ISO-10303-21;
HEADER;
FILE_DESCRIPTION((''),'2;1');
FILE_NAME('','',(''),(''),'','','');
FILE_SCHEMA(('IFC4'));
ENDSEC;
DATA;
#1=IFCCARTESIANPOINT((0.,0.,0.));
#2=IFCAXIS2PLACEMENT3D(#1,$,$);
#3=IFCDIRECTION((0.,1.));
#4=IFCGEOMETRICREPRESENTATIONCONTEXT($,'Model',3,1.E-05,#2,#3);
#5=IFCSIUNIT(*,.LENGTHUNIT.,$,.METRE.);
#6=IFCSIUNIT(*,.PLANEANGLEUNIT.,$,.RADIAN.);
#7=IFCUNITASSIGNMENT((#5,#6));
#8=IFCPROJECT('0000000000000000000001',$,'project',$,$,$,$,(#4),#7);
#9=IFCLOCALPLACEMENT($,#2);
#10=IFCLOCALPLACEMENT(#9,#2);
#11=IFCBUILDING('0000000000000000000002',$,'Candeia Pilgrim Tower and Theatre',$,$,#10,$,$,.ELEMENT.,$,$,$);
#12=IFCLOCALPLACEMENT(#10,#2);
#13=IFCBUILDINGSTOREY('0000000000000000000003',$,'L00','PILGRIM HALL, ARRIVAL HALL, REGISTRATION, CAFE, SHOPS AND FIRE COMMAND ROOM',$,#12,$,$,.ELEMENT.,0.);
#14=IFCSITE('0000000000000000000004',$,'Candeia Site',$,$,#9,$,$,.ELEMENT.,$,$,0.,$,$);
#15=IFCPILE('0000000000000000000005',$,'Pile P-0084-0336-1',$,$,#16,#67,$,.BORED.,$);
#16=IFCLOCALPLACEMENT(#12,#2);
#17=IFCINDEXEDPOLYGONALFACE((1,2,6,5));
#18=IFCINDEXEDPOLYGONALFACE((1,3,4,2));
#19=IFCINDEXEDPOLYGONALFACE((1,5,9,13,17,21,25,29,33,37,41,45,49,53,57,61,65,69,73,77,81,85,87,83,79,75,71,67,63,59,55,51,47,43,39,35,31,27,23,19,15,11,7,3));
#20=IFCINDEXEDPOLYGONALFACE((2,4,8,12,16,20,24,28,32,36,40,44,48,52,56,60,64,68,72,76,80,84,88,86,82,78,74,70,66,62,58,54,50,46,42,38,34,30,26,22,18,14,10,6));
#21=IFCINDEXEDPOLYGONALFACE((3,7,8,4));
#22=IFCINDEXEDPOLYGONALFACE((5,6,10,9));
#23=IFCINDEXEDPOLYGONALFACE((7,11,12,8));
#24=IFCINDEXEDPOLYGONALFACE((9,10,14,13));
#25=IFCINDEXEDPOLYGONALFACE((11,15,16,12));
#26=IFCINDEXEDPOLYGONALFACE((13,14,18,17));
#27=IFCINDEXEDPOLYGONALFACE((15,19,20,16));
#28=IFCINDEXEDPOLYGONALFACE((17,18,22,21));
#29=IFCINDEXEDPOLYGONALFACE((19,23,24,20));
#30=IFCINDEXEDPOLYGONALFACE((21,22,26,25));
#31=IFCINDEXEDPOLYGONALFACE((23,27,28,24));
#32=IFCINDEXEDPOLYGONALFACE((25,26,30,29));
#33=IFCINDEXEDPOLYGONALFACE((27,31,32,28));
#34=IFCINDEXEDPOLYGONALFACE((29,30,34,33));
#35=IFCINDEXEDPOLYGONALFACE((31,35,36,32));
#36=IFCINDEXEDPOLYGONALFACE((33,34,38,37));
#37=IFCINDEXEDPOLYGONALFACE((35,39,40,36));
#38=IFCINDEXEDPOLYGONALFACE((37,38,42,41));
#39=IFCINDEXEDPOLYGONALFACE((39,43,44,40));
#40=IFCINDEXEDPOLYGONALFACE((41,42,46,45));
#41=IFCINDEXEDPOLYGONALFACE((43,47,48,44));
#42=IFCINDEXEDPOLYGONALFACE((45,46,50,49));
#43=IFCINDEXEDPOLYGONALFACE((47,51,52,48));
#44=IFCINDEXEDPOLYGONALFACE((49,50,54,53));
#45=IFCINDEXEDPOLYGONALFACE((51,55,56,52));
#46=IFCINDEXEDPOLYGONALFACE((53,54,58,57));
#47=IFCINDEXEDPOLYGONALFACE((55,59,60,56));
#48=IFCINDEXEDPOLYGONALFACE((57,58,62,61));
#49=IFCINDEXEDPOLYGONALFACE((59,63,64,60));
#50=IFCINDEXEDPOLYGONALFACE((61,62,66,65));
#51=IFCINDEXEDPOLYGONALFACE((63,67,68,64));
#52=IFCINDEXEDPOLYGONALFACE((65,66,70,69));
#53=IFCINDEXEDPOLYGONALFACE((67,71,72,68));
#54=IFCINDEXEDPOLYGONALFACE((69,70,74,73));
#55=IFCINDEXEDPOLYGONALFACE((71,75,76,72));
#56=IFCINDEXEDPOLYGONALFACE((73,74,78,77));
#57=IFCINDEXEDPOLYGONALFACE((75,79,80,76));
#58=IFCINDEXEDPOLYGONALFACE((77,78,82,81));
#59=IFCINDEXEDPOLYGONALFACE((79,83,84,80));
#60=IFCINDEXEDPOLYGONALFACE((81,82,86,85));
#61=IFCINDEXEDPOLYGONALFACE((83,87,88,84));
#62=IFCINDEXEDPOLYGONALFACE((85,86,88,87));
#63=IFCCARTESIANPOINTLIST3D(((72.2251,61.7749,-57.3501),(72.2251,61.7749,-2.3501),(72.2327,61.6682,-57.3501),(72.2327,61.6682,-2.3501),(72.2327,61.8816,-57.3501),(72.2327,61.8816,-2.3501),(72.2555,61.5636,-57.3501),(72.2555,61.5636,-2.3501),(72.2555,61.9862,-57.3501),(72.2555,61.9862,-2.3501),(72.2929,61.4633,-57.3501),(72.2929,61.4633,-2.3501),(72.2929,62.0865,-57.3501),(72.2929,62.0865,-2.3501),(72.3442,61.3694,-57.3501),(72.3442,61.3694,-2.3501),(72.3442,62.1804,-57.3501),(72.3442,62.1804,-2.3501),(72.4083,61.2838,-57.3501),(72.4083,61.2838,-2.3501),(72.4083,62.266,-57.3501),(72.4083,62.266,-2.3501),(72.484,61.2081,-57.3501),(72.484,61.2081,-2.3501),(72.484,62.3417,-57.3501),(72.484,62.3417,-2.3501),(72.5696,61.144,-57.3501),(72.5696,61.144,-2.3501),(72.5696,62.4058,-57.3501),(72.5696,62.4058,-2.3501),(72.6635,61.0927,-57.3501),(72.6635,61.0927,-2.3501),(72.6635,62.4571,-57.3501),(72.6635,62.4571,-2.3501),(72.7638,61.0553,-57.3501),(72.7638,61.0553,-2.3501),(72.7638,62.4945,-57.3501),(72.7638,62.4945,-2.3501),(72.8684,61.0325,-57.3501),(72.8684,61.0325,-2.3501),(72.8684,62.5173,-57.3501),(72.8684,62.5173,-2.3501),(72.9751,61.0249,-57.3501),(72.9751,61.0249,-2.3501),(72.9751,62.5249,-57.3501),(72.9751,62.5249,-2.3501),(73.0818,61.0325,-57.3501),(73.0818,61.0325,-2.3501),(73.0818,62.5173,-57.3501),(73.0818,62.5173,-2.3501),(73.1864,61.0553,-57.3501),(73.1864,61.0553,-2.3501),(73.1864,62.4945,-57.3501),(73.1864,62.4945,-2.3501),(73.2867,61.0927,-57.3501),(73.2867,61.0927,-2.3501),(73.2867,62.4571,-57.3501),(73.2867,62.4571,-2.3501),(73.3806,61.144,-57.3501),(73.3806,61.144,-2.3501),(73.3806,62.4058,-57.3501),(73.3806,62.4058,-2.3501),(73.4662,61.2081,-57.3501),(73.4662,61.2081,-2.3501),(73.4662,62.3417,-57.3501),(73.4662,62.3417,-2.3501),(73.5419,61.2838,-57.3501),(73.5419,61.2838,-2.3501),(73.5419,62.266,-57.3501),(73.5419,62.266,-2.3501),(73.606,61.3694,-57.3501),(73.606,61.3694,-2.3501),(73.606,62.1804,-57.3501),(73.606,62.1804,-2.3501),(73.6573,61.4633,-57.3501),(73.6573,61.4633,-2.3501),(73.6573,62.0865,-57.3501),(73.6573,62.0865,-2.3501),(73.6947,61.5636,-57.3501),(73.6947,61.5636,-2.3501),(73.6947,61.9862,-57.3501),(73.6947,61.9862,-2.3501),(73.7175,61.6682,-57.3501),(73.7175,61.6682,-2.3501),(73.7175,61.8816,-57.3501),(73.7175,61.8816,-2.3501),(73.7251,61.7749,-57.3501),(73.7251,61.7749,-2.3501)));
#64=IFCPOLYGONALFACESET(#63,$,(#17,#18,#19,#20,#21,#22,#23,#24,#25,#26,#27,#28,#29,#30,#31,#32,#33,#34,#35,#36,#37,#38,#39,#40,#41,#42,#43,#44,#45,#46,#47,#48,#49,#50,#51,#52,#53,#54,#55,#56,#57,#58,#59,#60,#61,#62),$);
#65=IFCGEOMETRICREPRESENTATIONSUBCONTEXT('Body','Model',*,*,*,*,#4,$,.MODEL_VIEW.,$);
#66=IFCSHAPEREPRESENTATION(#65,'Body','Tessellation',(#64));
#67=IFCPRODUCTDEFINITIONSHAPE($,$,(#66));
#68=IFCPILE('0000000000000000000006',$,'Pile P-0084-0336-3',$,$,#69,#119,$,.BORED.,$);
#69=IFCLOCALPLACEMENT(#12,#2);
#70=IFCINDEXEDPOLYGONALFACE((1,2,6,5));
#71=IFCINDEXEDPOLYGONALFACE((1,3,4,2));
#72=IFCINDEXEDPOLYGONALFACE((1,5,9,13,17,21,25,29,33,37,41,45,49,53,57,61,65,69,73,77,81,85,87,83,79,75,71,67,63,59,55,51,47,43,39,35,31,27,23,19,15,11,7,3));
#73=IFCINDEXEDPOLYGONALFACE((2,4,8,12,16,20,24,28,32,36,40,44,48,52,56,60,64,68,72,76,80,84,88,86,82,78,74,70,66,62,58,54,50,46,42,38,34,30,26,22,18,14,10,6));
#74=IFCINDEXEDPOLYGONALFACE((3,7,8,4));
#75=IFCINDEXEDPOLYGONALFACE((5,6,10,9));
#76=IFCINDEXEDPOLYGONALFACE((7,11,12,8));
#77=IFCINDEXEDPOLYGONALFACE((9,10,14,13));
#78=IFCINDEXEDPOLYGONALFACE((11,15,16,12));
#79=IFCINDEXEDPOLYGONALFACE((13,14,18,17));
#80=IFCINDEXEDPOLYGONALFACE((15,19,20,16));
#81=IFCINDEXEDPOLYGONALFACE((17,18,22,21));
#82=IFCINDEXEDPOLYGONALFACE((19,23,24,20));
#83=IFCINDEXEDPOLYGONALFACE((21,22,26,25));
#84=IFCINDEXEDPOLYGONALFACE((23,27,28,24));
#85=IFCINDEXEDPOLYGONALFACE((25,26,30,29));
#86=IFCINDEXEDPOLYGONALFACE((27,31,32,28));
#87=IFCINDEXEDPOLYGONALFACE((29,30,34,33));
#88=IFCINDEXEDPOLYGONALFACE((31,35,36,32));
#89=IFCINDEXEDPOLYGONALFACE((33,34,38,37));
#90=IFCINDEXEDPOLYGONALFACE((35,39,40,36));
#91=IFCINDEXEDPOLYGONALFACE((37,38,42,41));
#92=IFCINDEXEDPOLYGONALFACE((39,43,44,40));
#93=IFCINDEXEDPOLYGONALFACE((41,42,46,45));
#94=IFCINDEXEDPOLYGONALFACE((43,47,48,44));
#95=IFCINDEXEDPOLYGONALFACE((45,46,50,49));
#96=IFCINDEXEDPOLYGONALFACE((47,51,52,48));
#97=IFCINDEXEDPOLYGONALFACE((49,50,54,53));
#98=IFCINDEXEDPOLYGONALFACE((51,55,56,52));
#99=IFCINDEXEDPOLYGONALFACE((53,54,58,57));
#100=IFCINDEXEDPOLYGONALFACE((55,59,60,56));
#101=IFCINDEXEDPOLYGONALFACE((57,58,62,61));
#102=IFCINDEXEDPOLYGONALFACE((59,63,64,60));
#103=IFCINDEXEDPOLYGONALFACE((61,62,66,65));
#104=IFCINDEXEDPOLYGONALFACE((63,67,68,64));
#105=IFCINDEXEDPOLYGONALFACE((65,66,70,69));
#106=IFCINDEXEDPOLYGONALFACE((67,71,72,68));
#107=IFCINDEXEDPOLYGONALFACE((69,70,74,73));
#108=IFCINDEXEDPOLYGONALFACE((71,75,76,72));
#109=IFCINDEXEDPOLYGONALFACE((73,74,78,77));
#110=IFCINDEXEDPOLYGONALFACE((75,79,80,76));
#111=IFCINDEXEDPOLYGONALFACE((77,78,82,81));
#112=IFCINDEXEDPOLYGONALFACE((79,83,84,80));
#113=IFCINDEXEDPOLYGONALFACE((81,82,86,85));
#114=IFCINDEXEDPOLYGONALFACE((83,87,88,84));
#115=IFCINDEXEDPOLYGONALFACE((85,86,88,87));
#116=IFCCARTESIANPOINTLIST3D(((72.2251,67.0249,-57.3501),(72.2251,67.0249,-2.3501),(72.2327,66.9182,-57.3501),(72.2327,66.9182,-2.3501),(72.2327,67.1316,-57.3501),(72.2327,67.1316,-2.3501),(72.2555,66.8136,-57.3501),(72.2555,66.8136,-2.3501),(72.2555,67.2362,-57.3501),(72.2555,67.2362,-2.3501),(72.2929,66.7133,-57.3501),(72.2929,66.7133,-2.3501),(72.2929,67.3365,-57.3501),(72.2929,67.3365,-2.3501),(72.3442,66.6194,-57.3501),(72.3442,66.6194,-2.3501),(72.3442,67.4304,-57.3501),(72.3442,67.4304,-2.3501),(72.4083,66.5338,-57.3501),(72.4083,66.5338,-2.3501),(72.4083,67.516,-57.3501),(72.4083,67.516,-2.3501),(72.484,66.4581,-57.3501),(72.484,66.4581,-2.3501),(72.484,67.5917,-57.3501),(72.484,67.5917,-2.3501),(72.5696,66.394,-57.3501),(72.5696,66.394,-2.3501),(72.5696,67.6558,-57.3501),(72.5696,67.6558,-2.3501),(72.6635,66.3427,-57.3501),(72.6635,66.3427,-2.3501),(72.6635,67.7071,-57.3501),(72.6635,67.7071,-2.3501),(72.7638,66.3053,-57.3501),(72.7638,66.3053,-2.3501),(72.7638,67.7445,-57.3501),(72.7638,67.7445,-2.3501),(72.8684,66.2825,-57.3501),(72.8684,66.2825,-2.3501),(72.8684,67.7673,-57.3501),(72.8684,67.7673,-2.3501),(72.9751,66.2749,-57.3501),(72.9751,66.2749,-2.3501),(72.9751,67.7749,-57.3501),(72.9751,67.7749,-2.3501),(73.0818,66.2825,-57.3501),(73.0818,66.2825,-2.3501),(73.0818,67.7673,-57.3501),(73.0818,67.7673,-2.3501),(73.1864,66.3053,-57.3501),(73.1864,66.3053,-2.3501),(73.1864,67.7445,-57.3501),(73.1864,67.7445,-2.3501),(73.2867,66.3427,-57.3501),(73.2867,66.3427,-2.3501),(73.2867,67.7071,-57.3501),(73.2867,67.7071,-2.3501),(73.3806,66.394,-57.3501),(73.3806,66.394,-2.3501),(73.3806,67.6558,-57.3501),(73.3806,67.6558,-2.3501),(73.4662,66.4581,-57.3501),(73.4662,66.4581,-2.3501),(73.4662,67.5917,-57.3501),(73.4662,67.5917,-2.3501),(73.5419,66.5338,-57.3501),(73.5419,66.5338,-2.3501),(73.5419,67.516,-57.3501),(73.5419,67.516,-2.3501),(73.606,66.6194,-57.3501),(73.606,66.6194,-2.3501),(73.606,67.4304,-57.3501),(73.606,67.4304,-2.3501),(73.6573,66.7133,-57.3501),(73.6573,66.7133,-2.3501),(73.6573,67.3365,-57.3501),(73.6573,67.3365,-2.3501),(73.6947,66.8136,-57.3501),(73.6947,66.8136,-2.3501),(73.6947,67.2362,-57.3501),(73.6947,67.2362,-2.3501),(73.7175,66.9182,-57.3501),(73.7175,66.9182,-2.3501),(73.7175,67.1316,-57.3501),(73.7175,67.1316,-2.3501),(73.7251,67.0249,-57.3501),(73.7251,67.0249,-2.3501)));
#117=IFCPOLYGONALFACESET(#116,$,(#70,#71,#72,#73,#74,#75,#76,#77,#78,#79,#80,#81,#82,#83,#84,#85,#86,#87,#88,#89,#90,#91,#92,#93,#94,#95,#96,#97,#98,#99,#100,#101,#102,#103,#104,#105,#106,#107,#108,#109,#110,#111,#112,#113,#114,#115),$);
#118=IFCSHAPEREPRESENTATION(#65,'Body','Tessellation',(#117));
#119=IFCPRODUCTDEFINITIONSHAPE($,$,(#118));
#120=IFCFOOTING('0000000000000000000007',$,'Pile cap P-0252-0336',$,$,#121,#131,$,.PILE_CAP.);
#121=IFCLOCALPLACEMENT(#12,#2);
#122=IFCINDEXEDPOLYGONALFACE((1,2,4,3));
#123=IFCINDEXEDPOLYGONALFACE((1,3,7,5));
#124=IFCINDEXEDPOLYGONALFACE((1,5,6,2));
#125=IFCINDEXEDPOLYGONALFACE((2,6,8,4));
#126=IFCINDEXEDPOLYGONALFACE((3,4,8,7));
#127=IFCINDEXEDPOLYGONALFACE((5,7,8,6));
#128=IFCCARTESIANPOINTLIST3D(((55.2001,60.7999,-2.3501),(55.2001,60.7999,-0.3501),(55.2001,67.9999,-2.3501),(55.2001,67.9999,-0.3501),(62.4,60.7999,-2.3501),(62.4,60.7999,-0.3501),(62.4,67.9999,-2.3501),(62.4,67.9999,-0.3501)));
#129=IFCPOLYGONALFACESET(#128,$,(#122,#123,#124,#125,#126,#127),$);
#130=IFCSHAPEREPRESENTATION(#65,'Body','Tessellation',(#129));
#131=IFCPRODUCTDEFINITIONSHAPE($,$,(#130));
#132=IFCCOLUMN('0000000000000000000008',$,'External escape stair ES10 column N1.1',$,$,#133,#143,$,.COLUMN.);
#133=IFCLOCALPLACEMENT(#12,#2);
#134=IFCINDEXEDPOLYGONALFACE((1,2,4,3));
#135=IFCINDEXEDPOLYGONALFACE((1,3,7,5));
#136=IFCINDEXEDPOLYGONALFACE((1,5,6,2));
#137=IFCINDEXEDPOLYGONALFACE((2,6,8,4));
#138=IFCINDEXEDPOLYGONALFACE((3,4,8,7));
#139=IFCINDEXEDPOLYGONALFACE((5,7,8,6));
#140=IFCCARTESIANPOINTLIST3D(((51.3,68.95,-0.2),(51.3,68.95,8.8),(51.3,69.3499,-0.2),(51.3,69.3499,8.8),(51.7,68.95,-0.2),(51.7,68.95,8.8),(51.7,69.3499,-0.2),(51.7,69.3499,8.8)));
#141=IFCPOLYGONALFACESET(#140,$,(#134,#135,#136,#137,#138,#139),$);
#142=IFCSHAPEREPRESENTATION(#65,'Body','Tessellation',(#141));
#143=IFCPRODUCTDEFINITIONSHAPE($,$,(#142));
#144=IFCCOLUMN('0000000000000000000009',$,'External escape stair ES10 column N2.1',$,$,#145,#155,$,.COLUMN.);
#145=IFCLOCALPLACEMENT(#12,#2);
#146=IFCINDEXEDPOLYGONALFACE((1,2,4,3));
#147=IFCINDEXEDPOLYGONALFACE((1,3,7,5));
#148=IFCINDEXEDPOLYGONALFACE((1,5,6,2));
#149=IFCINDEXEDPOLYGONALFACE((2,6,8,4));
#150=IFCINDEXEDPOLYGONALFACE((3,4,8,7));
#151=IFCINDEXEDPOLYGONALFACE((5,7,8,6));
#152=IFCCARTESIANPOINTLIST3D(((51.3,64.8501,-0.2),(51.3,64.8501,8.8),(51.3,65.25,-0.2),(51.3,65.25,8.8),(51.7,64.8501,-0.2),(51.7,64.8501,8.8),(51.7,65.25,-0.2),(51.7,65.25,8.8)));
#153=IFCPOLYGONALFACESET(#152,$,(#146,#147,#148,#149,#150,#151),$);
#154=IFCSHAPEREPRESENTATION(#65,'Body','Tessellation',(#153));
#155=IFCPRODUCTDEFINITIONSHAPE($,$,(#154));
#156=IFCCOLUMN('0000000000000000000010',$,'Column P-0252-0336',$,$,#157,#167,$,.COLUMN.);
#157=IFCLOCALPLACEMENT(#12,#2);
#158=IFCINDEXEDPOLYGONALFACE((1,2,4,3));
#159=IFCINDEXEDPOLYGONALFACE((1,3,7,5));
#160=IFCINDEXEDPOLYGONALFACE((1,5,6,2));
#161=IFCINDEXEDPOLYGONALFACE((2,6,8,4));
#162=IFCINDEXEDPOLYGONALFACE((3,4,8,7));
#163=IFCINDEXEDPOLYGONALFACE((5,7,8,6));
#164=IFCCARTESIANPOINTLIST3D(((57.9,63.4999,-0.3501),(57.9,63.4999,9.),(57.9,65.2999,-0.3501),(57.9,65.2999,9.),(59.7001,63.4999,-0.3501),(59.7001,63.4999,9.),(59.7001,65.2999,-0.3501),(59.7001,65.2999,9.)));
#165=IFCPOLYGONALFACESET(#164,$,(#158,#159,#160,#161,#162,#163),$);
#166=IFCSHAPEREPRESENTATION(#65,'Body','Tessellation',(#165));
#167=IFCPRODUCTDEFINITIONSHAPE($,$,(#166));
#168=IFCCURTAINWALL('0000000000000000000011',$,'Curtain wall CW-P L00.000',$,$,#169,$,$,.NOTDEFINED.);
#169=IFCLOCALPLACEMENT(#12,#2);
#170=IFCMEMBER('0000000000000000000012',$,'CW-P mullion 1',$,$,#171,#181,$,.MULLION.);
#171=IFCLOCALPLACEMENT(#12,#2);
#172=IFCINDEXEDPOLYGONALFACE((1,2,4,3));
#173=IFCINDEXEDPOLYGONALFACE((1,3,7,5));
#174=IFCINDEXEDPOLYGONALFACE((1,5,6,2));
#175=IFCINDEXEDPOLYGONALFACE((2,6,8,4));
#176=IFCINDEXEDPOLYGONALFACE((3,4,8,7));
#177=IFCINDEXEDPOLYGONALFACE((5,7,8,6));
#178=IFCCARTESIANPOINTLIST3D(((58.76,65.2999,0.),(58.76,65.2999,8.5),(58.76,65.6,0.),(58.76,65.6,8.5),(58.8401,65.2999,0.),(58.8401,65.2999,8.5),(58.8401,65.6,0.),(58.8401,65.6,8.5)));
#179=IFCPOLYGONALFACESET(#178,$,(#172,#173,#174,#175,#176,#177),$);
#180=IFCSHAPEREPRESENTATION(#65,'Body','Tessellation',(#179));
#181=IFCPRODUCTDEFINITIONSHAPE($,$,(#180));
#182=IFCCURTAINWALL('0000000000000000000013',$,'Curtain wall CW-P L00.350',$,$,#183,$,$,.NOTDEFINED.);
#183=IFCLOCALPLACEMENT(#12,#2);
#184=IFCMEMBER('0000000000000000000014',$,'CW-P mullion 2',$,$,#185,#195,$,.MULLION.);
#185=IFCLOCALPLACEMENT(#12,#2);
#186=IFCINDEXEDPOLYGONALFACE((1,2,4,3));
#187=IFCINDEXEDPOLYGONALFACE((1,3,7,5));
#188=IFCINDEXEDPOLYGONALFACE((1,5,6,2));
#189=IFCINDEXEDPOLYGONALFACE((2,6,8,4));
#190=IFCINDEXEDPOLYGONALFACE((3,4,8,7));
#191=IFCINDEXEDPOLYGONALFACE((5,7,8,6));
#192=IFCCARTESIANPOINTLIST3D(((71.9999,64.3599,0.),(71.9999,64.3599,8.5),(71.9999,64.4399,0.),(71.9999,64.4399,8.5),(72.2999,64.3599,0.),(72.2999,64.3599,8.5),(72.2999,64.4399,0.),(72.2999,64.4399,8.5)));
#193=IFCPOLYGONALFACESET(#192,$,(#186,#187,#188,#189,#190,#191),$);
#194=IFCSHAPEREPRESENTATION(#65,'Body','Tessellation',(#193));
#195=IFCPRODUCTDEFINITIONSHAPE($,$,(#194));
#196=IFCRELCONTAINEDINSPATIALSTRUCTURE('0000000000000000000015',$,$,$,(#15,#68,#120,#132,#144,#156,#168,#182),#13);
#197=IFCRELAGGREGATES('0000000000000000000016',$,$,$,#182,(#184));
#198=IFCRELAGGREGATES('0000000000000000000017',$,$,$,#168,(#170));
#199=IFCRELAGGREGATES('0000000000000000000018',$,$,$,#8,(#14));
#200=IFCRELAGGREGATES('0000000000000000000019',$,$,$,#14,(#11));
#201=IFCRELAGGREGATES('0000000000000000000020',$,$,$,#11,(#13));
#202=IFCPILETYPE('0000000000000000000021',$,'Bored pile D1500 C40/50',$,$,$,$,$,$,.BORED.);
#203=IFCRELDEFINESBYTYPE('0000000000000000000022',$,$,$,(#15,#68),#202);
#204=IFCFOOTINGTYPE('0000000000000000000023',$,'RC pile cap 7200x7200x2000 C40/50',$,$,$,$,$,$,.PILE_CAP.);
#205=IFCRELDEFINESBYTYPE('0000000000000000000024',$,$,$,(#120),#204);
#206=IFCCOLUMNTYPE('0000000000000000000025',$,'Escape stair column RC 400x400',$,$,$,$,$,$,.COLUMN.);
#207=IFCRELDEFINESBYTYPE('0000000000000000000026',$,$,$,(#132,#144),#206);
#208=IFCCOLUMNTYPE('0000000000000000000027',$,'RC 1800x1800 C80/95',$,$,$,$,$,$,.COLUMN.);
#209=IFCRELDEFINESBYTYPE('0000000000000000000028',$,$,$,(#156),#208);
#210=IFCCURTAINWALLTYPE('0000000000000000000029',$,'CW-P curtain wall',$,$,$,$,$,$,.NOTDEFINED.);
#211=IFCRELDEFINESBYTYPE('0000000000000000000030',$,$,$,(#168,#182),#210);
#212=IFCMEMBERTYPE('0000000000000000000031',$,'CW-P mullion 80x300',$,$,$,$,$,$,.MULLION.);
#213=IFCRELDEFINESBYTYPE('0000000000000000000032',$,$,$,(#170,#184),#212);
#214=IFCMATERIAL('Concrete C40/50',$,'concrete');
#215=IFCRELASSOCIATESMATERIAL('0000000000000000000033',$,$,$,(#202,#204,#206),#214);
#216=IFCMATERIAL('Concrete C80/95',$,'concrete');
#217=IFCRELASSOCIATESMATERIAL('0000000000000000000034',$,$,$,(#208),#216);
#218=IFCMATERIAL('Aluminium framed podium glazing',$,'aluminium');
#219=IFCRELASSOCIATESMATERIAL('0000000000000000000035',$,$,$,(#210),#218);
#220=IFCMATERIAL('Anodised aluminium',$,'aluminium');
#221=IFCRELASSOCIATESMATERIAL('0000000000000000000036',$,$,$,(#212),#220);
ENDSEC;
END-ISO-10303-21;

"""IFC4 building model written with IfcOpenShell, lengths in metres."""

from ifc_helpers import new_model, si_unit, direction, frame, origin, origin_2d, place, context, subcontext, project, spatial, rectangle, circle, extrude, material, material_profile, profile_set, type_object, element, aggregate, save


model = new_model("IFC4")

# Units and contexts
model_context = context("Model", 3, precision=1e-05, world=origin(), true_north=direction((0.0, 1.0)))
body_context = subcontext(model_context, "Body", "Model", "MODEL_VIEW")
ifc_project = project(units=[si_unit("LENGTHUNIT", "METRE"), si_unit("PLANEANGLEUNIT", "RADIAN")], contexts=[model_context])

# Site, building, storey
site_placement = place(None, origin())
site = spatial("IfcSite", under=ifc_project, at=site_placement, Name="Candeia Site", CompositionType="ELEMENT", RefElevation=0.0)
building_placement = place(site_placement, origin())
building = spatial("IfcBuilding", under=site, at=building_placement, Name="Candeia Pilgrim Tower and Theatre", CompositionType="ELEMENT")
storey_placement = place(building_placement, origin())
storey = spatial("IfcBuildingStorey", under=building, at=storey_placement, Name="L00", Description="PILGRIM HALL, ARRIVAL HALL, REGISTRATION, CAFE, SHOPS AND FIRE COMMAND ROOM", CompositionType="ELEMENT", Elevation=0.0)

# Piles
ifc_material_1 = material(Name="Concrete C40/50", Category="concrete")
ifc_material_profile_1 = material_profile(ifc_material_1, circle(Radius=0.75, at=origin_2d()))
ifc_profile_set_1 = profile_set([ifc_material_profile_1], Name="Concrete C40/50")
pile_type = type_object("IfcPileType", Name="Bored pile D1500 C40/50", PredefinedType="BORED", material=ifc_profile_set_1)
for number, where, z_axis, x_axis, name in (
    (1, (72.9751, 61.7749, -2.3501), (0.0, 0.0, -1.0), (1.0, 0.0, 0.0), "Pile P-0084-0336-1"),
    (2, (72.9751, 67.0249, -2.3501), (0.0, 0.0, -1.0), (1.0, 0.0, 0.0), "Pile P-0084-0336-3"),
):
    element("IfcPile", number, at=place(storey_placement, frame(where, z_axis=z_axis, x_axis=x_axis)), inside=storey, type_object=pile_type, Name=name, PredefinedType="BORED", context=body_context, shape_type="SweptSolid", body=[
        extrude(circle(Radius=0.75, at=origin_2d()), origin(), (0.0, 0.0, 1.0), 55.0),
    ])

# Footing
footing_type = type_object("IfcFootingType", Name="RC pile cap 7200x7200x2000 C40/50", PredefinedType="PILE_CAP", material=ifc_material_1)
footing_placement = place(storey_placement, frame((58.8, 64.3999, -2.3501), z_axis=(0.0, 0.0, 1.0), x_axis=(1.0, 0.0, 0.0)))
element("IfcFooting", 3, at=footing_placement, inside=storey, type_object=footing_type, Name="Pile cap P-0252-0336", PredefinedType="PILE_CAP", context=body_context, shape_type="SweptSolid", body=[
    extrude(rectangle(XDim=7.2, YDim=7.2, at=origin_2d()), origin(), (0.0, 0.0, 1.0), 2.0),
])

# Columns
ifc_material_profile_2 = material_profile(ifc_material_1, rectangle(XDim=0.3999, YDim=0.3999, at=origin_2d()))
ifc_profile_set_2 = profile_set([ifc_material_profile_2], Name="Concrete C40/50")
column_type_1 = type_object("IfcColumnType", Name="Escape stair column RC 400x400", PredefinedType="COLUMN", material=ifc_profile_set_2)
for number, where, z_axis, x_axis, name in (
    (4, (51.5, 69.1499, -0.2), (0.0, 0.0, 1.0), (1.0, 0.0, 0.0), "External escape stair ES10 column N1.1"),
    (5, (51.5, 65.05, -0.2), (0.0, 0.0, 1.0), (1.0, 0.0, 0.0), "External escape stair ES10 column N2.1"),
):
    element("IfcColumn", number, at=place(storey_placement, frame(where, z_axis=z_axis, x_axis=x_axis)), inside=storey, type_object=column_type_1, Name=name, PredefinedType="COLUMN", context=body_context, shape_type="SweptSolid", body=[
        extrude(rectangle(XDim=0.3999, YDim=0.3999, at=origin_2d()), origin(), (0.0, 0.0, 1.0), 9.0),
    ])
ifc_material_2 = material(Name="Concrete C80/95", Category="concrete")
ifc_material_profile_3 = material_profile(ifc_material_2, rectangle(XDim=1.8, YDim=1.8, at=origin_2d()))
ifc_profile_set_3 = profile_set([ifc_material_profile_3], Name="Concrete C80/95")
column_type_2 = type_object("IfcColumnType", Name="RC 1800x1800 C80/95", PredefinedType="COLUMN", material=ifc_profile_set_3)
column_placement = place(storey_placement, frame((58.8, 64.3999, -0.3501), z_axis=(0.0, 0.0, 1.0), x_axis=(1.0, 0.0, 0.0)))
element("IfcColumn", 6, at=column_placement, inside=storey, type_object=column_type_2, Name="Column P-0252-0336", PredefinedType="COLUMN", context=body_context, shape_type="SweptSolid", body=[
    extrude(rectangle(XDim=1.8, YDim=1.8, at=origin_2d()), origin(), (0.0, 0.0, 1.0), 9.3501),
])

# Curtain walls, members
ifc_material_3 = material(Name="Aluminium framed podium glazing", Category="aluminium")
curtain_wall_type = type_object("IfcCurtainWallType", Name="CW-P curtain wall", PredefinedType="NOTDEFINED", material=ifc_material_3)
curtain_wall_1_placement = place(storey_placement, origin())
curtain_wall_1 = element("IfcCurtainWall", 7, at=curtain_wall_1_placement, inside=storey, type_object=curtain_wall_type, Name="Curtain wall CW-P L00.000", PredefinedType="NOTDEFINED")
ifc_material_4 = material(Name="Anodised aluminium", Category="aluminium")
ifc_material_profile_4 = material_profile(ifc_material_4, rectangle(XDim=0.0801, YDim=0.3, at=origin_2d()))
ifc_profile_set_4 = profile_set([ifc_material_profile_4], Name="Anodised aluminium")
member_type_1 = type_object("IfcMemberType", Name="CW-P mullion 80x300", PredefinedType="MULLION", material=ifc_profile_set_4)
member_1_placement = place(storey_placement, frame((58.8, 65.45, 0.0), z_axis=(0.0, 0.0, 1.0), x_axis=(-1.0, 0.0, 0.0)))
member_1 = element("IfcMember", 8, at=member_1_placement, type_object=member_type_1, Name="CW-P mullion 1", PredefinedType="MULLION", context=body_context, shape_type="SweptSolid", body=[
    extrude(rectangle(XDim=0.0801, YDim=0.3, at=origin_2d()), origin(), (0.0, 0.0, 1.0), 8.5),
])
curtain_wall_2_placement = place(storey_placement, origin())
curtain_wall_2 = element("IfcCurtainWall", 9, at=curtain_wall_2_placement, inside=storey, type_object=curtain_wall_type, Name="Curtain wall CW-P L00.350", PredefinedType="NOTDEFINED")
member_2_placement = place(storey_placement, frame((72.1499, 64.3999, 0.0), z_axis=(0.0, 0.0, 1.0), x_axis=(0.0, -1.0, 0.0)))
member_2 = element("IfcMember", 10, at=member_2_placement, type_object=member_type_1, Name="CW-P mullion 2", PredefinedType="MULLION", context=body_context, shape_type="SweptSolid", body=[
    extrude(rectangle(XDim=0.0801, YDim=0.3, at=origin_2d()), origin(), (0.0, 0.0, 1.0), 8.5),
])
aggregate(curtain_wall_2, [member_2])

aggregate(curtain_wall_1, [member_1])

save(model, "model.ifc")
